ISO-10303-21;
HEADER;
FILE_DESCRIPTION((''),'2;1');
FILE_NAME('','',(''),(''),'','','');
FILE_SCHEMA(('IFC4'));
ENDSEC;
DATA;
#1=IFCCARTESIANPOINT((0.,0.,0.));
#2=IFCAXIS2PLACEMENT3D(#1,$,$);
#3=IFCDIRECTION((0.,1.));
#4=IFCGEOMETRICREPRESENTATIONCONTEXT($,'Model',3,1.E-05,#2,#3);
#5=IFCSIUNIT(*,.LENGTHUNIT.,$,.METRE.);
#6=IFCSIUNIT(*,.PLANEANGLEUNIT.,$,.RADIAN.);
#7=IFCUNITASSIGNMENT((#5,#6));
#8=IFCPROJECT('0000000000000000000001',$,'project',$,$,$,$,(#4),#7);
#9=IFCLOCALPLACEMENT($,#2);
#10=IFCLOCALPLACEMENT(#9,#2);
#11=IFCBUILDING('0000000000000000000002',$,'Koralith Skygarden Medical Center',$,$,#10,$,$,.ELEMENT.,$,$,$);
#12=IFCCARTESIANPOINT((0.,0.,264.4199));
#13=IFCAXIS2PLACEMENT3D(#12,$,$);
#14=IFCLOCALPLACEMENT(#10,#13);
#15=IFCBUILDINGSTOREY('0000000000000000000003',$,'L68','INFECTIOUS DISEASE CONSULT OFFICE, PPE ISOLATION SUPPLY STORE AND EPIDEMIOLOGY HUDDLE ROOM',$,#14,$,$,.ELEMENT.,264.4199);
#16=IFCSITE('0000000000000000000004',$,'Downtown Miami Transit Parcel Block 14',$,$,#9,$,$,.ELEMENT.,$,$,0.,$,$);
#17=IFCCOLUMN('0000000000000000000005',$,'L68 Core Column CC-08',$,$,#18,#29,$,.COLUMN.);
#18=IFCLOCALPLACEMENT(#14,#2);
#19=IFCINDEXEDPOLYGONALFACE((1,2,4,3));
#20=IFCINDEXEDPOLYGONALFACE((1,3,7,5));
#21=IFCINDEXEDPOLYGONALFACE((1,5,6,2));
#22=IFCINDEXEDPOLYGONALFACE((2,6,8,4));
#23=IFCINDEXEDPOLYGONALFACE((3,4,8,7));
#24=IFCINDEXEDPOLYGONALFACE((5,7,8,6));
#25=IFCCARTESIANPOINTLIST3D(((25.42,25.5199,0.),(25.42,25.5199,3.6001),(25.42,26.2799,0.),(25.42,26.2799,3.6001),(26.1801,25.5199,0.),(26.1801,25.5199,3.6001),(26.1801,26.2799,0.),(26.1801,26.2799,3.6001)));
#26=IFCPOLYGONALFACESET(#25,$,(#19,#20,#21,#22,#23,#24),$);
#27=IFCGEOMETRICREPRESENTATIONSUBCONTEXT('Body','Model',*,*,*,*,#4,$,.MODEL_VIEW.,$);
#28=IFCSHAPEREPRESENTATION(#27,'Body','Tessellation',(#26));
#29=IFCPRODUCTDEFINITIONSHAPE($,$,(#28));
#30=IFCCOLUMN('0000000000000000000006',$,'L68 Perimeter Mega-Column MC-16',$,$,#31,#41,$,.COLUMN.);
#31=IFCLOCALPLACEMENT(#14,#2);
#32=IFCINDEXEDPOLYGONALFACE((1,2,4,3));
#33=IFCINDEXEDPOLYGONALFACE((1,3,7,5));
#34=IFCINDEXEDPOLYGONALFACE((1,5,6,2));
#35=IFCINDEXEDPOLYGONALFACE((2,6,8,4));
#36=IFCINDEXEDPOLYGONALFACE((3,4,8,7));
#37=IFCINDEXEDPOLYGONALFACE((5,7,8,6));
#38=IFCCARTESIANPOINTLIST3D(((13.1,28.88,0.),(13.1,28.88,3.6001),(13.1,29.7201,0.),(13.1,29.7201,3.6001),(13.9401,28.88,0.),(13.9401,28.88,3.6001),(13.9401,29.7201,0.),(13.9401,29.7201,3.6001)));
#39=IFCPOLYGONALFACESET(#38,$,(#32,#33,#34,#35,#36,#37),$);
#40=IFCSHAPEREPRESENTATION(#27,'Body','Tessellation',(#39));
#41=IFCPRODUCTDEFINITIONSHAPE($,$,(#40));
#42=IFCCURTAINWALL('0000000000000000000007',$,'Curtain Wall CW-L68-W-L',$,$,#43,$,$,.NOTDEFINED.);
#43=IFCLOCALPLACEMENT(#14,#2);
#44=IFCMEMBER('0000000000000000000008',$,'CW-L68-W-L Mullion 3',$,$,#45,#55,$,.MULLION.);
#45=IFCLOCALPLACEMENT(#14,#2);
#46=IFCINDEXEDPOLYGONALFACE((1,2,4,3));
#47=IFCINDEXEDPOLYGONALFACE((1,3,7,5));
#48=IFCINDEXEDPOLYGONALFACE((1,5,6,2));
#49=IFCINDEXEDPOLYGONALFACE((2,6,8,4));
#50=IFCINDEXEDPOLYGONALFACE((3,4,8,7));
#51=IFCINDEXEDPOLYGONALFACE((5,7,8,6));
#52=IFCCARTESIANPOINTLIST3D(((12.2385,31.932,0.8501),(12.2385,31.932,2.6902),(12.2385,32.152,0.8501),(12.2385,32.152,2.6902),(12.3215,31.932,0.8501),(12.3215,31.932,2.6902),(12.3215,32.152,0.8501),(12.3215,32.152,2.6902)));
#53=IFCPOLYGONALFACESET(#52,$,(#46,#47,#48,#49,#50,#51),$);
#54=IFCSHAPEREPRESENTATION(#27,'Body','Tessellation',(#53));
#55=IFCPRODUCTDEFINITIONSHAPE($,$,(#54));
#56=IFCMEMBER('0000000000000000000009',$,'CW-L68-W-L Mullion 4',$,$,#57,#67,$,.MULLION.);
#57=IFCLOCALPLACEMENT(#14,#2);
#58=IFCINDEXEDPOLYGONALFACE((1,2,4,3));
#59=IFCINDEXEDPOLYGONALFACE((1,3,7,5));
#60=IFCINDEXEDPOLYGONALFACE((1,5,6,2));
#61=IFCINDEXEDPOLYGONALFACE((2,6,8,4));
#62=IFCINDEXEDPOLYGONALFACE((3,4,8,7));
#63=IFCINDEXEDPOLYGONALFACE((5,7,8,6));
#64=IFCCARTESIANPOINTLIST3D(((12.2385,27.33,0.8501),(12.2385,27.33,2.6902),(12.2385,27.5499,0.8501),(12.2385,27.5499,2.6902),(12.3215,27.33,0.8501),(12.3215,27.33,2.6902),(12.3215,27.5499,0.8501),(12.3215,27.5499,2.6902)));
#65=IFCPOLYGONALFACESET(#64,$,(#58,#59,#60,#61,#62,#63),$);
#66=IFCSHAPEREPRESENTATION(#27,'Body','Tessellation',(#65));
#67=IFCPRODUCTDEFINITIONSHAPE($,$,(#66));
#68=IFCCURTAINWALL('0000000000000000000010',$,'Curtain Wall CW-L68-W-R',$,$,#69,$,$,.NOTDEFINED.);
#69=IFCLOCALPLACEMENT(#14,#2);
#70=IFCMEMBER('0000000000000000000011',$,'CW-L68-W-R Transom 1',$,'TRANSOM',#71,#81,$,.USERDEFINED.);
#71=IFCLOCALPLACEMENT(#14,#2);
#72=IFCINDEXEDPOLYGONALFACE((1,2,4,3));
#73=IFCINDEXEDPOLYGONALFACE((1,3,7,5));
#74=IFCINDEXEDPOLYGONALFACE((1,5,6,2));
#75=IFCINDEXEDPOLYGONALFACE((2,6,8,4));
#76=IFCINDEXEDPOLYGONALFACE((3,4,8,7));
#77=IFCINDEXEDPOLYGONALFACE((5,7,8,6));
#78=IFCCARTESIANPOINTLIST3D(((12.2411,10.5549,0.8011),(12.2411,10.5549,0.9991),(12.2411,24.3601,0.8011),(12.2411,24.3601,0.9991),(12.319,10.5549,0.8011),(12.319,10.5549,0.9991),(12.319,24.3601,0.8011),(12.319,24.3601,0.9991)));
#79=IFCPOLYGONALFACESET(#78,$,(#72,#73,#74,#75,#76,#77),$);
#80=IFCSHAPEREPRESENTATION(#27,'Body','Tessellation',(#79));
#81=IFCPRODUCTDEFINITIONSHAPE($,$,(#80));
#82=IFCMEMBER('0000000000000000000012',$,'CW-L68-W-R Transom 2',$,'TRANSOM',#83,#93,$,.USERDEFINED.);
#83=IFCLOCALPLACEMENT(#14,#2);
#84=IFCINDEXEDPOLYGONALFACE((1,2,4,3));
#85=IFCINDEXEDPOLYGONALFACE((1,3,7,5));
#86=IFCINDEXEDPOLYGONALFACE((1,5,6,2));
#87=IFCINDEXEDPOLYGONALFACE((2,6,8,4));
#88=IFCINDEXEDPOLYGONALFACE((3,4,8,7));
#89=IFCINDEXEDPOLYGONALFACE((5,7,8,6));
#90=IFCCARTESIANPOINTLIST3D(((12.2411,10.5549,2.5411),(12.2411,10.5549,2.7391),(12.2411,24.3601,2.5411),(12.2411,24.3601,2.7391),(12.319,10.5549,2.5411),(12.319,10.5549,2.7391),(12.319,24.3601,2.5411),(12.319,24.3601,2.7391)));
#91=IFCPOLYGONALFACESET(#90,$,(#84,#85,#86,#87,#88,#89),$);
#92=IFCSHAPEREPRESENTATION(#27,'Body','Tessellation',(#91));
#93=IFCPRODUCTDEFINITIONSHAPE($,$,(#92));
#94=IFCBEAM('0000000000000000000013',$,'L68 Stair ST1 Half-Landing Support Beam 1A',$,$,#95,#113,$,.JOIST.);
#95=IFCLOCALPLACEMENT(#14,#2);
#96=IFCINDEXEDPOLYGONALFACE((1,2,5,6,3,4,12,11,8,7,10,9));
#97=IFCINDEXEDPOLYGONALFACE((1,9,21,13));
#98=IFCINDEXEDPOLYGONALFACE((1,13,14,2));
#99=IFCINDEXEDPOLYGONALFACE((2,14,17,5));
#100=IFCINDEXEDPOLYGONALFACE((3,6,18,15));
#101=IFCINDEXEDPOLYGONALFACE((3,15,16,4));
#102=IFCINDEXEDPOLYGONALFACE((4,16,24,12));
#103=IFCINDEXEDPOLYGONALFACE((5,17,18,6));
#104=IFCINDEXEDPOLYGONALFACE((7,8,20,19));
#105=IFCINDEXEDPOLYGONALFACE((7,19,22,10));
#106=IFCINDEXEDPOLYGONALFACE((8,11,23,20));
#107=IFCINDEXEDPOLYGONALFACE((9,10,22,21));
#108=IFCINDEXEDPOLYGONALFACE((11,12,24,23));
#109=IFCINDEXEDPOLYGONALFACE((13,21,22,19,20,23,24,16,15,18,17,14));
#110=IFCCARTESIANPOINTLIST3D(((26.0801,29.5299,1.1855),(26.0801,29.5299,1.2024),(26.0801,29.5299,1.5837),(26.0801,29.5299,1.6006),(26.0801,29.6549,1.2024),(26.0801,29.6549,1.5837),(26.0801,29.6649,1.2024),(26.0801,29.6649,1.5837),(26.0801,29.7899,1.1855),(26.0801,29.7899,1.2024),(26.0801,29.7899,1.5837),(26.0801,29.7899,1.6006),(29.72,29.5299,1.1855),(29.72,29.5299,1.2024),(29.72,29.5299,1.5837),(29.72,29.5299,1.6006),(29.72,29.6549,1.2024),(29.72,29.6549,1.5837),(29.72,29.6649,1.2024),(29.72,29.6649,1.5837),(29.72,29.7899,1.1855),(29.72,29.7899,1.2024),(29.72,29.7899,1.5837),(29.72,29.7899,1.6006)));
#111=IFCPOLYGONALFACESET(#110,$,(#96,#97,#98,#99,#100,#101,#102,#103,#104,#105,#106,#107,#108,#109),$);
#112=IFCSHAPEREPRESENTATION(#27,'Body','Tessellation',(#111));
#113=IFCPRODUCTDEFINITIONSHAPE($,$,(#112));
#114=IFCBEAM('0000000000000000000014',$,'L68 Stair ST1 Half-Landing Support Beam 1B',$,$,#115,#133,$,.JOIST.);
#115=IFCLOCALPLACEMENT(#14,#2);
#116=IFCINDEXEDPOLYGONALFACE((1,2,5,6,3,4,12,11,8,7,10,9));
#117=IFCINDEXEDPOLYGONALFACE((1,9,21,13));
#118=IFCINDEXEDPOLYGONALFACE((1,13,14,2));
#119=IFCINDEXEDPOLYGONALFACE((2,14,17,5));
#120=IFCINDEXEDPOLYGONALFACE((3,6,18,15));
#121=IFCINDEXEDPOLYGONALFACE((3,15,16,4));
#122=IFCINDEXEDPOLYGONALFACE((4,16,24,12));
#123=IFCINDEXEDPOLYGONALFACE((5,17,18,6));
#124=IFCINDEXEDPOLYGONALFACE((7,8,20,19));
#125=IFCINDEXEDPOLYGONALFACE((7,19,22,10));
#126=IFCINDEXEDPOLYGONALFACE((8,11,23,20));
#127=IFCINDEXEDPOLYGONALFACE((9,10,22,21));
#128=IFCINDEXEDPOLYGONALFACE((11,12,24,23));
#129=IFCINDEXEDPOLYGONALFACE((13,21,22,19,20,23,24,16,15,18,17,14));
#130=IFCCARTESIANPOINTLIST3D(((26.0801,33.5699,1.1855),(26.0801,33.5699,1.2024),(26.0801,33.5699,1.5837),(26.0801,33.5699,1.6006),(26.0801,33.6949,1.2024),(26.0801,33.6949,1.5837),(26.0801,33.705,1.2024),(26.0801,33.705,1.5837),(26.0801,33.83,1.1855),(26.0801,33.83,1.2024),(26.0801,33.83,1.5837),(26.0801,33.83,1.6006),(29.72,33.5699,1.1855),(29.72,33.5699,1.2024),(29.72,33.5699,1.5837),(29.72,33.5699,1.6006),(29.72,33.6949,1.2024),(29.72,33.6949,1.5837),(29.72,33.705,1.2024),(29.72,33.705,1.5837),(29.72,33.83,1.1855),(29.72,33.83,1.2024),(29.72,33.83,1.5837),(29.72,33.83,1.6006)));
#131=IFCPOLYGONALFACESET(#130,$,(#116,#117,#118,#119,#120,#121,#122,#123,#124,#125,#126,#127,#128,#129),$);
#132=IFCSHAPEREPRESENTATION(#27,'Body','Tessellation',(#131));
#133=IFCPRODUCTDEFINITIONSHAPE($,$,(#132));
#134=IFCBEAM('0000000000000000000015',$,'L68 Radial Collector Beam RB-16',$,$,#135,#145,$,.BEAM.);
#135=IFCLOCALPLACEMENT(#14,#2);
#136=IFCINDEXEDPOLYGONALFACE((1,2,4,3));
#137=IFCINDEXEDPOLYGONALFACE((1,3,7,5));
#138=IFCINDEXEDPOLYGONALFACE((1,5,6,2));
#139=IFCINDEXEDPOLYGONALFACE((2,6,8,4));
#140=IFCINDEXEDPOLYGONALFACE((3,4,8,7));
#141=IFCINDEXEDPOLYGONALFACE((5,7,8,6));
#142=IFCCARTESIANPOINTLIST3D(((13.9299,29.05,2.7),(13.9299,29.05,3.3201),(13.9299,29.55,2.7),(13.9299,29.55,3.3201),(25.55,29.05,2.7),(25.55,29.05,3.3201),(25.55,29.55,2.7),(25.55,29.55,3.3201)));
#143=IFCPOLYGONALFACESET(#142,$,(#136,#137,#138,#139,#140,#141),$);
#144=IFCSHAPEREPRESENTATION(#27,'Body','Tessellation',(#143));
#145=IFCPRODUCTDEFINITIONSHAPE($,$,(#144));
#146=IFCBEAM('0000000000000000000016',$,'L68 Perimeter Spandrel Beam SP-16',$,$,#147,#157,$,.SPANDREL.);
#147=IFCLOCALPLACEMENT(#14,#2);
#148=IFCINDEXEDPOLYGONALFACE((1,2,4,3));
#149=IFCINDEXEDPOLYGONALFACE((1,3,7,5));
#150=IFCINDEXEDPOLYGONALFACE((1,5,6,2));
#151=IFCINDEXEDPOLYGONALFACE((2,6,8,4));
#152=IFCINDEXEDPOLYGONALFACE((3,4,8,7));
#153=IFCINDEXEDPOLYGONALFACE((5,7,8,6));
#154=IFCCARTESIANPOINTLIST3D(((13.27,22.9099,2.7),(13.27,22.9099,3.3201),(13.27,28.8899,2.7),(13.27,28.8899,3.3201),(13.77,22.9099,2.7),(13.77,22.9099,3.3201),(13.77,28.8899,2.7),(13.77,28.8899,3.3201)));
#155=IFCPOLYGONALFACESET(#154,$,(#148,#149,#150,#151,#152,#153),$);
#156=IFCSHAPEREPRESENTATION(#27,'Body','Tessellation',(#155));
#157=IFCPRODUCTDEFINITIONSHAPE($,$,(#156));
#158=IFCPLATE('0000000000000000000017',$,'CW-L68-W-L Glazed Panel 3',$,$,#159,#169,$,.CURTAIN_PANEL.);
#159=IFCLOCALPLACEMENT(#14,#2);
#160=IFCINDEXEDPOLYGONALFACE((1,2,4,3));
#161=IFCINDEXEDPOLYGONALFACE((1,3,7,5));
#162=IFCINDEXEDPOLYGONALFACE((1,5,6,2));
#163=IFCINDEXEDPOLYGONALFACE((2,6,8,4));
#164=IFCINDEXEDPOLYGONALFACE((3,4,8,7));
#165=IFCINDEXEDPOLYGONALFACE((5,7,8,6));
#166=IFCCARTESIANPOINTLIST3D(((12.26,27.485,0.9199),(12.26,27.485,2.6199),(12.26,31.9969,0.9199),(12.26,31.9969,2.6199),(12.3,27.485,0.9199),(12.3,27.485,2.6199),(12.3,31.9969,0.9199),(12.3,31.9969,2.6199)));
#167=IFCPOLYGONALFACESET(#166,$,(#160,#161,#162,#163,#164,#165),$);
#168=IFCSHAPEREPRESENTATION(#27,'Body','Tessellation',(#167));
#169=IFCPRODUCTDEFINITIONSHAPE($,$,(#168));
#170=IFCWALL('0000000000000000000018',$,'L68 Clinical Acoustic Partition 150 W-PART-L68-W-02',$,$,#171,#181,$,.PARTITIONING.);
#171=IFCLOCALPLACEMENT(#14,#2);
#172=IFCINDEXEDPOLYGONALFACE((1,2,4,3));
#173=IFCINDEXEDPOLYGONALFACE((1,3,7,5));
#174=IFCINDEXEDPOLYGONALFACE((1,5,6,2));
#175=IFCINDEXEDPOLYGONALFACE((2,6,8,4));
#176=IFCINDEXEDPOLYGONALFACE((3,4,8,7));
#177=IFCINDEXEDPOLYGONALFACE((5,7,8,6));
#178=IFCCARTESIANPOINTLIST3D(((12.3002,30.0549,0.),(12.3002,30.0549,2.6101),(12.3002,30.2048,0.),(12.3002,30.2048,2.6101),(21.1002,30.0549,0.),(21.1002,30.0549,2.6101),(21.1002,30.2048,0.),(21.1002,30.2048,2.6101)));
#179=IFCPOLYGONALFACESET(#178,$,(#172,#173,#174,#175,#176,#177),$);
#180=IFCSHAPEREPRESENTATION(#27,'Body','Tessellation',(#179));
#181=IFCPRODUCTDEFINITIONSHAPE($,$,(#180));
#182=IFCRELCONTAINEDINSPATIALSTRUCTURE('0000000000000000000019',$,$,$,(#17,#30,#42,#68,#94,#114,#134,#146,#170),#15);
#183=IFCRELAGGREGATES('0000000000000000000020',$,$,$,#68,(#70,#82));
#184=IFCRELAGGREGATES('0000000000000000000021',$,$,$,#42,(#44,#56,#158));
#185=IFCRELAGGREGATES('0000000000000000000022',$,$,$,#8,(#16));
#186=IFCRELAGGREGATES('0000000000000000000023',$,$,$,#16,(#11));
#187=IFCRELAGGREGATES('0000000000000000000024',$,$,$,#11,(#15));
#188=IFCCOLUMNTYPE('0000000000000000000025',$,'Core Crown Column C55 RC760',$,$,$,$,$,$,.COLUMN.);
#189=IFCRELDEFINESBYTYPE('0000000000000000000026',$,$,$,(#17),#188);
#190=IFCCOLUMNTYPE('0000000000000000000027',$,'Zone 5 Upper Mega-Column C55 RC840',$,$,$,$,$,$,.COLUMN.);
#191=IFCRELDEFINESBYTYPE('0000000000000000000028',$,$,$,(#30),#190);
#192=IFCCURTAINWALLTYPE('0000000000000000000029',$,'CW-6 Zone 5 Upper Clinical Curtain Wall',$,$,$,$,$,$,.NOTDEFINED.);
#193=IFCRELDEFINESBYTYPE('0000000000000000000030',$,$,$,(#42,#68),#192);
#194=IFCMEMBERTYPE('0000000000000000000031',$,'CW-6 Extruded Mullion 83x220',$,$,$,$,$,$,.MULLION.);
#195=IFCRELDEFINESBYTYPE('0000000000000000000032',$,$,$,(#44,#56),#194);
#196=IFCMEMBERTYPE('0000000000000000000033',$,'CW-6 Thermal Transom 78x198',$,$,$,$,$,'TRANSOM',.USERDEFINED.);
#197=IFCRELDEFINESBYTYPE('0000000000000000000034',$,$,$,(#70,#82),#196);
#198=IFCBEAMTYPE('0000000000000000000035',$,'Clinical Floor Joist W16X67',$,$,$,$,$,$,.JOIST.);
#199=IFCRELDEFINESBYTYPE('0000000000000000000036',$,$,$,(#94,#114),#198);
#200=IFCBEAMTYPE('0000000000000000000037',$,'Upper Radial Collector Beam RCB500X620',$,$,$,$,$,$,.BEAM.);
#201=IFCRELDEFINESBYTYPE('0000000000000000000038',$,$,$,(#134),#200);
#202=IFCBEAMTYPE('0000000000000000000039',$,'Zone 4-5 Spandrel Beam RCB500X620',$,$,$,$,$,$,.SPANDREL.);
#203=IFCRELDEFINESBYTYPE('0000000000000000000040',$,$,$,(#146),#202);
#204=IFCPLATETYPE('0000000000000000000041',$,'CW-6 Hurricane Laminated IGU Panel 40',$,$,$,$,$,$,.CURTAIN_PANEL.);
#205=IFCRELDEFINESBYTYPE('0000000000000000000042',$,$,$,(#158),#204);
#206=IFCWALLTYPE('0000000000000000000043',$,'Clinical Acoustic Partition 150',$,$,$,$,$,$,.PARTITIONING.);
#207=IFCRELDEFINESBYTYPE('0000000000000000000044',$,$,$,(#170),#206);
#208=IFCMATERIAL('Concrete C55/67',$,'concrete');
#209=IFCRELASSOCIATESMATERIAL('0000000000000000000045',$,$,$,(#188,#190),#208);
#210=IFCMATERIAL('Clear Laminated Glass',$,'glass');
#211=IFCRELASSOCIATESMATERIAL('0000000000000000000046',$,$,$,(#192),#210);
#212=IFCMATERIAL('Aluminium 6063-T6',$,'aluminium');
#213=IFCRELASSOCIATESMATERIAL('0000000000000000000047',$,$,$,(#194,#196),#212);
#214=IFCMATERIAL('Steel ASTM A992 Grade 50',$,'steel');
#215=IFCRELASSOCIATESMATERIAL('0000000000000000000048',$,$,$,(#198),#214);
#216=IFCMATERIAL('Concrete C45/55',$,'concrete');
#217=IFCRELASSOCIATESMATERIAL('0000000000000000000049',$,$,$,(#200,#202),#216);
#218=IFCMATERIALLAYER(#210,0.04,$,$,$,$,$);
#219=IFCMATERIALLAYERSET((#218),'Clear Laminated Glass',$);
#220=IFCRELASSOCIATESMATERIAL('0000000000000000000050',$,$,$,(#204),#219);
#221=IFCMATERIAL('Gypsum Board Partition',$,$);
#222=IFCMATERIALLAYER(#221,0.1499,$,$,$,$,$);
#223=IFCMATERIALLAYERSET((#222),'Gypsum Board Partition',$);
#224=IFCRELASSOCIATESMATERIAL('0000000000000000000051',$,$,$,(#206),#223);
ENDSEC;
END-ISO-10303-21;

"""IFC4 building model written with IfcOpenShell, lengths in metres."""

from ifc_helpers import new_model, si_unit, direction, frame, frame_2d, origin, origin_2d, place, context, subcontext, project, spatial, rectangle, i_section, extrude, material, layer, layer_set, material_profile, profile_set, type_object, element, aggregate, save


model = new_model("IFC4")

# Units and contexts
model_context = context("Model", 3, precision=1e-05, world=origin(), true_north=direction((0.0, 1.0)))
body_context = subcontext(model_context, "Body", "Model", "MODEL_VIEW")
ifc_project = project(units=[si_unit("LENGTHUNIT", "METRE"), si_unit("PLANEANGLEUNIT", "RADIAN")], contexts=[model_context])

# Site, building, storey
site_placement = place(None, origin())
site = spatial("IfcSite", under=ifc_project, at=site_placement, Name="Downtown Miami Transit Parcel Block 14", CompositionType="ELEMENT", RefElevation=0.0)
building_placement = place(site_placement, origin())
building = spatial("IfcBuilding", under=site, at=building_placement, Name="Koralith Skygarden Medical Center", CompositionType="ELEMENT")
storey_placement = place(building_placement, frame((0.0, 0.0, 264.4199)))
storey = spatial("IfcBuildingStorey", under=building, at=storey_placement, Name="L68", Description="INFECTIOUS DISEASE CONSULT OFFICE, PPE ISOLATION SUPPLY STORE AND EPIDEMIOLOGY HUDDLE ROOM", CompositionType="ELEMENT", Elevation=264.4199)

# Columns
ifc_material_1 = material(Name="Concrete C55/67", Category="concrete")
ifc_material_profile_1 = material_profile(ifc_material_1, rectangle(XDim=0.76, YDim=0.76, at=origin_2d()), Name="RC760X760")
ifc_profile_set_1 = profile_set([ifc_material_profile_1], Name="Concrete C55/67")
column_type_1 = type_object("IfcColumnType", Name="Core Crown Column C55 RC760", PredefinedType="COLUMN", material=ifc_profile_set_1)
column_1_placement = place(storey_placement, frame((25.8, 25.8999, 0.0), z_axis=(0.0, 0.0, 1.0), x_axis=(1.0, 0.0, 0.0)))
element("IfcColumn", 1, at=column_1_placement, inside=storey, type_object=column_type_1, Name="L68 Core Column CC-08", PredefinedType="COLUMN", context=body_context, shape_type="SweptSolid", body=[
    extrude(rectangle(XDim=0.76, YDim=0.76, at=origin_2d()), origin(), (0.0, 0.0, 1.0), 3.6001),
])
ifc_material_profile_2 = material_profile(ifc_material_1, rectangle(XDim=0.8401, YDim=0.8401, at=origin_2d()), Name="RC840X840")
ifc_profile_set_2 = profile_set([ifc_material_profile_2], Name="Concrete C55/67")
column_type_2 = type_object("IfcColumnType", Name="Zone 5 Upper Mega-Column C55 RC840", PredefinedType="COLUMN", material=ifc_profile_set_2)
column_2_placement = place(storey_placement, frame((13.52, 29.3, 0.0), z_axis=(0.0, 0.0, 1.0), x_axis=(1.0, 0.0, 0.0)))
element("IfcColumn", 2, at=column_2_placement, inside=storey, type_object=column_type_2, Name="L68 Perimeter Mega-Column MC-16", PredefinedType="COLUMN", context=body_context, shape_type="SweptSolid", body=[
    extrude(rectangle(XDim=0.8401, YDim=0.8401, at=origin_2d()), origin(), (0.0, 0.0, 1.0), 3.6001),
])

# Curtain walls, members
ifc_material_2 = material(Name="Clear Laminated Glass", Category="glass")
curtain_wall_type = type_object("IfcCurtainWallType", Name="CW-6 Zone 5 Upper Clinical Curtain Wall", PredefinedType="NOTDEFINED", material=ifc_material_2)
curtain_wall_1_placement = place(storey_placement, origin())
curtain_wall_1 = element("IfcCurtainWall", 3, at=curtain_wall_1_placement, inside=storey, type_object=curtain_wall_type, Name="Curtain Wall CW-L68-W-L", PredefinedType="NOTDEFINED")
ifc_material_3 = material(Name="Aluminium 6063-T6", Category="aluminium")
ifc_material_profile_3 = material_profile(ifc_material_3, rectangle(XDim=0.083, YDim=0.22, at=origin_2d()), Name="MUL83X220")
ifc_profile_set_3 = profile_set([ifc_material_profile_3], Name="Aluminium 6063-T6")
member_type_1 = type_object("IfcMemberType", Name="CW-6 Extruded Mullion 83x220", PredefinedType="MULLION", material=ifc_profile_set_3)
member_1_placement = place(storey_placement, frame((12.28, 32.042, 0.8501), z_axis=(0.0, 0.0, 1.0), x_axis=(1.0, 0.0, 0.0)))
member_1 = element("IfcMember", 4, at=member_1_placement, type_object=member_type_1, Name="CW-L68-W-L Mullion 3", PredefinedType="MULLION", context=body_context, shape_type="SweptSolid", body=[
    extrude(rectangle(XDim=0.083, YDim=0.22, at=origin_2d()), origin(), (0.0, 0.0, 1.0), 1.8401),
])
member_2_placement = place(storey_placement, frame((12.28, 27.4399, 0.8501), z_axis=(0.0, 0.0, 1.0), x_axis=(1.0, 0.0, 0.0)))
member_2 = element("IfcMember", 5, at=member_2_placement, type_object=member_type_1, Name="CW-L68-W-L Mullion 4", PredefinedType="MULLION", context=body_context, shape_type="SweptSolid", body=[
    extrude(rectangle(XDim=0.083, YDim=0.22, at=origin_2d()), origin(), (0.0, 0.0, 1.0), 1.8401),
])
curtain_wall_2_placement = place(storey_placement, origin())
curtain_wall_2 = element("IfcCurtainWall", 6, at=curtain_wall_2_placement, inside=storey, type_object=curtain_wall_type, Name="Curtain Wall CW-L68-W-R", PredefinedType="NOTDEFINED")
ifc_material_profile_4 = material_profile(ifc_material_3, rectangle(XDim=0.0779, YDim=0.198, at=origin_2d()), Name="TRN78X198")
ifc_profile_set_4 = profile_set([ifc_material_profile_4], Name="Aluminium 6063-T6")
member_type_2 = type_object("IfcMemberType", Name="CW-6 Thermal Transom 78x198", ElementType="TRANSOM", PredefinedType="USERDEFINED", material=ifc_profile_set_4)
member_3_placement = place(storey_placement, frame((12.28, 24.3601, 0.9001), z_axis=(0.0, -1.0, 0.0), x_axis=(1.0, 0.0, 0.0)))
member_3 = element("IfcMember", 7, at=member_3_placement, type_object=member_type_2, Name="CW-L68-W-R Transom 1", ObjectType="TRANSOM", PredefinedType="USERDEFINED", context=body_context, shape_type="SweptSolid", body=[
    extrude(rectangle(XDim=0.0779, YDim=0.198, at=origin_2d()), origin(), (0.0, 0.0, 1.0), 13.8052),
])
member_4_placement = place(storey_placement, frame((12.28, 24.3601, 2.6401), z_axis=(0.0, -1.0, 0.0), x_axis=(1.0, 0.0, 0.0)))
member_4 = element("IfcMember", 8, at=member_4_placement, type_object=member_type_2, Name="CW-L68-W-R Transom 2", ObjectType="TRANSOM", PredefinedType="USERDEFINED", context=body_context, shape_type="SweptSolid", body=[
    extrude(rectangle(XDim=0.0779, YDim=0.198, at=origin_2d()), origin(), (0.0, 0.0, 1.0), 13.8052),
])
aggregate(curtain_wall_2, [member_3, member_4])

# Beams
ifc_material_4 = material(Name="Steel ASTM A992 Grade 50", Category="steel")
ifc_material_profile_5 = material_profile(ifc_material_4, i_section(OverallWidth=0.26, OverallDepth=0.415, WebThickness=0.01, FlangeThickness=0.0168, at=origin_2d()), Name="W16X67")
ifc_profile_set_5 = profile_set([ifc_material_profile_5], Name="Steel ASTM A992 Grade 50")
beam_type_1 = type_object("IfcBeamType", Name="Clinical Floor Joist W16X67", PredefinedType="JOIST", material=ifc_profile_set_5)
for number, where, z_axis, x_axis, name in (
    (9, (26.0801, 29.6599, 1.3931), (1.0, 0.0, 0.0), (0.0, 1.0, 0.0), "L68 Stair ST1 Half-Landing Support Beam 1A"),
    (10, (26.0801, 33.7, 1.3931), (1.0, 0.0, 0.0), (0.0, 1.0, 0.0), "L68 Stair ST1 Half-Landing Support Beam 1B"),
):
    element("IfcBeam", number, at=place(storey_placement, frame(where, z_axis=z_axis, x_axis=x_axis)), inside=storey, type_object=beam_type_1, Name=name, PredefinedType="JOIST", context=body_context, shape_type="SweptSolid", body=[
        extrude(i_section(OverallWidth=0.26, OverallDepth=0.415, WebThickness=0.01, FlangeThickness=0.0168, at=origin_2d()), origin(), (0.0, 0.0, 1.0), 3.6399),
    ])
ifc_material_5 = material(Name="Concrete C45/55", Category="concrete")
ifc_material_profile_6 = material_profile(ifc_material_5, rectangle(XDim=0.5, YDim=0.6201, at=origin_2d()), Name="RCB500X620")
ifc_profile_set_6 = profile_set([ifc_material_profile_6], Name="Concrete C45/55")
beam_type_2 = type_object("IfcBeamType", Name="Upper Radial Collector Beam RCB500X620", PredefinedType="BEAM", material=ifc_profile_set_6)
beam_1_placement = place(storey_placement, frame((25.55, 29.3, 3.01), z_axis=(-1.0, 0.0, 0.0), x_axis=(0.0, -1.0, 0.0)))
element("IfcBeam", 11, at=beam_1_placement, inside=storey, type_object=beam_type_2, Name="L68 Radial Collector Beam RB-16", PredefinedType="BEAM", context=body_context, shape_type="SweptSolid", body=[
    extrude(rectangle(XDim=0.5, YDim=0.6201, at=origin_2d()), origin(), (0.0, 0.0, 1.0), 11.6201),
])
ifc_material_profile_7 = material_profile(ifc_material_5, rectangle(XDim=0.5, YDim=0.6201, at=origin_2d()), Name="RCB500X620")
ifc_profile_set_7 = profile_set([ifc_material_profile_7], Name="Concrete C45/55")
beam_type_3 = type_object("IfcBeamType", Name="Zone 4-5 Spandrel Beam RCB500X620", PredefinedType="SPANDREL", material=ifc_profile_set_7)
beam_2_placement = place(storey_placement, frame((13.52, 28.8899, 3.01), z_axis=(0.0, -1.0, 0.0), x_axis=(1.0, 0.0, 0.0)))
element("IfcBeam", 12, at=beam_2_placement, inside=storey, type_object=beam_type_3, Name="L68 Perimeter Spandrel Beam SP-16", PredefinedType="SPANDREL", context=body_context, shape_type="SweptSolid", body=[
    extrude(rectangle(XDim=0.5, YDim=0.6201, at=origin_2d()), origin(), (0.0, 0.0, 1.0), 5.98),
])

# Plate
ifc_layer_1 = layer(ifc_material_2, 0.04)
ifc_layer_set_1 = layer_set([ifc_layer_1], Name="Clear Laminated Glass")
plate_type = type_object("IfcPlateType", Name="CW-6 Hurricane Laminated IGU Panel 40", PredefinedType="CURTAIN_PANEL", material=ifc_layer_set_1)
plate_placement = place(storey_placement, frame((12.28, 29.741, 0.9199), z_axis=(0.0, 0.0, 1.0), x_axis=(0.0, -1.0, 0.0)))
plate = element("IfcPlate", 13, at=plate_placement, type_object=plate_type, Name="CW-L68-W-L Glazed Panel 3", PredefinedType="CURTAIN_PANEL", context=body_context, shape_type="SweptSolid", body=[
    extrude(rectangle(XDim=4.512, YDim=0.04, at=origin_2d()), origin(), (0.0, 0.0, 1.0), 1.7),
])
aggregate(curtain_wall_1, [member_1, member_2, plate])

# Wall
ifc_material_6 = material(Name="Gypsum Board Partition")
ifc_layer_2 = layer(ifc_material_6, 0.1499)
ifc_layer_set_2 = layer_set([ifc_layer_2], Name="Gypsum Board Partition")
wall_type_1 = type_object("IfcWallType", Name="Clinical Acoustic Partition 150", PredefinedType="PARTITIONING", material=ifc_layer_set_2)
wall_1_placement = place(storey_placement, frame((21.1001, 30.1299, 0.0), z_axis=(0.0, 0.0, 1.0), x_axis=(-1.0, 0.0, 0.0)))
element("IfcWall", 14, at=wall_1_placement, inside=storey, type_object=wall_type_1, Name="L68 Clinical Acoustic Partition 150 W-PART-L68-W-02", PredefinedType="PARTITIONING", context=body_context, shape_type="SweptSolid", body=[
    extrude(rectangle(XDim=8.8, YDim=0.1499, at=frame_2d((4.3999, 0.0))), origin(), (0.0, 0.0, 1.0), 2.6101),
])

save(model, "model.ifc")
